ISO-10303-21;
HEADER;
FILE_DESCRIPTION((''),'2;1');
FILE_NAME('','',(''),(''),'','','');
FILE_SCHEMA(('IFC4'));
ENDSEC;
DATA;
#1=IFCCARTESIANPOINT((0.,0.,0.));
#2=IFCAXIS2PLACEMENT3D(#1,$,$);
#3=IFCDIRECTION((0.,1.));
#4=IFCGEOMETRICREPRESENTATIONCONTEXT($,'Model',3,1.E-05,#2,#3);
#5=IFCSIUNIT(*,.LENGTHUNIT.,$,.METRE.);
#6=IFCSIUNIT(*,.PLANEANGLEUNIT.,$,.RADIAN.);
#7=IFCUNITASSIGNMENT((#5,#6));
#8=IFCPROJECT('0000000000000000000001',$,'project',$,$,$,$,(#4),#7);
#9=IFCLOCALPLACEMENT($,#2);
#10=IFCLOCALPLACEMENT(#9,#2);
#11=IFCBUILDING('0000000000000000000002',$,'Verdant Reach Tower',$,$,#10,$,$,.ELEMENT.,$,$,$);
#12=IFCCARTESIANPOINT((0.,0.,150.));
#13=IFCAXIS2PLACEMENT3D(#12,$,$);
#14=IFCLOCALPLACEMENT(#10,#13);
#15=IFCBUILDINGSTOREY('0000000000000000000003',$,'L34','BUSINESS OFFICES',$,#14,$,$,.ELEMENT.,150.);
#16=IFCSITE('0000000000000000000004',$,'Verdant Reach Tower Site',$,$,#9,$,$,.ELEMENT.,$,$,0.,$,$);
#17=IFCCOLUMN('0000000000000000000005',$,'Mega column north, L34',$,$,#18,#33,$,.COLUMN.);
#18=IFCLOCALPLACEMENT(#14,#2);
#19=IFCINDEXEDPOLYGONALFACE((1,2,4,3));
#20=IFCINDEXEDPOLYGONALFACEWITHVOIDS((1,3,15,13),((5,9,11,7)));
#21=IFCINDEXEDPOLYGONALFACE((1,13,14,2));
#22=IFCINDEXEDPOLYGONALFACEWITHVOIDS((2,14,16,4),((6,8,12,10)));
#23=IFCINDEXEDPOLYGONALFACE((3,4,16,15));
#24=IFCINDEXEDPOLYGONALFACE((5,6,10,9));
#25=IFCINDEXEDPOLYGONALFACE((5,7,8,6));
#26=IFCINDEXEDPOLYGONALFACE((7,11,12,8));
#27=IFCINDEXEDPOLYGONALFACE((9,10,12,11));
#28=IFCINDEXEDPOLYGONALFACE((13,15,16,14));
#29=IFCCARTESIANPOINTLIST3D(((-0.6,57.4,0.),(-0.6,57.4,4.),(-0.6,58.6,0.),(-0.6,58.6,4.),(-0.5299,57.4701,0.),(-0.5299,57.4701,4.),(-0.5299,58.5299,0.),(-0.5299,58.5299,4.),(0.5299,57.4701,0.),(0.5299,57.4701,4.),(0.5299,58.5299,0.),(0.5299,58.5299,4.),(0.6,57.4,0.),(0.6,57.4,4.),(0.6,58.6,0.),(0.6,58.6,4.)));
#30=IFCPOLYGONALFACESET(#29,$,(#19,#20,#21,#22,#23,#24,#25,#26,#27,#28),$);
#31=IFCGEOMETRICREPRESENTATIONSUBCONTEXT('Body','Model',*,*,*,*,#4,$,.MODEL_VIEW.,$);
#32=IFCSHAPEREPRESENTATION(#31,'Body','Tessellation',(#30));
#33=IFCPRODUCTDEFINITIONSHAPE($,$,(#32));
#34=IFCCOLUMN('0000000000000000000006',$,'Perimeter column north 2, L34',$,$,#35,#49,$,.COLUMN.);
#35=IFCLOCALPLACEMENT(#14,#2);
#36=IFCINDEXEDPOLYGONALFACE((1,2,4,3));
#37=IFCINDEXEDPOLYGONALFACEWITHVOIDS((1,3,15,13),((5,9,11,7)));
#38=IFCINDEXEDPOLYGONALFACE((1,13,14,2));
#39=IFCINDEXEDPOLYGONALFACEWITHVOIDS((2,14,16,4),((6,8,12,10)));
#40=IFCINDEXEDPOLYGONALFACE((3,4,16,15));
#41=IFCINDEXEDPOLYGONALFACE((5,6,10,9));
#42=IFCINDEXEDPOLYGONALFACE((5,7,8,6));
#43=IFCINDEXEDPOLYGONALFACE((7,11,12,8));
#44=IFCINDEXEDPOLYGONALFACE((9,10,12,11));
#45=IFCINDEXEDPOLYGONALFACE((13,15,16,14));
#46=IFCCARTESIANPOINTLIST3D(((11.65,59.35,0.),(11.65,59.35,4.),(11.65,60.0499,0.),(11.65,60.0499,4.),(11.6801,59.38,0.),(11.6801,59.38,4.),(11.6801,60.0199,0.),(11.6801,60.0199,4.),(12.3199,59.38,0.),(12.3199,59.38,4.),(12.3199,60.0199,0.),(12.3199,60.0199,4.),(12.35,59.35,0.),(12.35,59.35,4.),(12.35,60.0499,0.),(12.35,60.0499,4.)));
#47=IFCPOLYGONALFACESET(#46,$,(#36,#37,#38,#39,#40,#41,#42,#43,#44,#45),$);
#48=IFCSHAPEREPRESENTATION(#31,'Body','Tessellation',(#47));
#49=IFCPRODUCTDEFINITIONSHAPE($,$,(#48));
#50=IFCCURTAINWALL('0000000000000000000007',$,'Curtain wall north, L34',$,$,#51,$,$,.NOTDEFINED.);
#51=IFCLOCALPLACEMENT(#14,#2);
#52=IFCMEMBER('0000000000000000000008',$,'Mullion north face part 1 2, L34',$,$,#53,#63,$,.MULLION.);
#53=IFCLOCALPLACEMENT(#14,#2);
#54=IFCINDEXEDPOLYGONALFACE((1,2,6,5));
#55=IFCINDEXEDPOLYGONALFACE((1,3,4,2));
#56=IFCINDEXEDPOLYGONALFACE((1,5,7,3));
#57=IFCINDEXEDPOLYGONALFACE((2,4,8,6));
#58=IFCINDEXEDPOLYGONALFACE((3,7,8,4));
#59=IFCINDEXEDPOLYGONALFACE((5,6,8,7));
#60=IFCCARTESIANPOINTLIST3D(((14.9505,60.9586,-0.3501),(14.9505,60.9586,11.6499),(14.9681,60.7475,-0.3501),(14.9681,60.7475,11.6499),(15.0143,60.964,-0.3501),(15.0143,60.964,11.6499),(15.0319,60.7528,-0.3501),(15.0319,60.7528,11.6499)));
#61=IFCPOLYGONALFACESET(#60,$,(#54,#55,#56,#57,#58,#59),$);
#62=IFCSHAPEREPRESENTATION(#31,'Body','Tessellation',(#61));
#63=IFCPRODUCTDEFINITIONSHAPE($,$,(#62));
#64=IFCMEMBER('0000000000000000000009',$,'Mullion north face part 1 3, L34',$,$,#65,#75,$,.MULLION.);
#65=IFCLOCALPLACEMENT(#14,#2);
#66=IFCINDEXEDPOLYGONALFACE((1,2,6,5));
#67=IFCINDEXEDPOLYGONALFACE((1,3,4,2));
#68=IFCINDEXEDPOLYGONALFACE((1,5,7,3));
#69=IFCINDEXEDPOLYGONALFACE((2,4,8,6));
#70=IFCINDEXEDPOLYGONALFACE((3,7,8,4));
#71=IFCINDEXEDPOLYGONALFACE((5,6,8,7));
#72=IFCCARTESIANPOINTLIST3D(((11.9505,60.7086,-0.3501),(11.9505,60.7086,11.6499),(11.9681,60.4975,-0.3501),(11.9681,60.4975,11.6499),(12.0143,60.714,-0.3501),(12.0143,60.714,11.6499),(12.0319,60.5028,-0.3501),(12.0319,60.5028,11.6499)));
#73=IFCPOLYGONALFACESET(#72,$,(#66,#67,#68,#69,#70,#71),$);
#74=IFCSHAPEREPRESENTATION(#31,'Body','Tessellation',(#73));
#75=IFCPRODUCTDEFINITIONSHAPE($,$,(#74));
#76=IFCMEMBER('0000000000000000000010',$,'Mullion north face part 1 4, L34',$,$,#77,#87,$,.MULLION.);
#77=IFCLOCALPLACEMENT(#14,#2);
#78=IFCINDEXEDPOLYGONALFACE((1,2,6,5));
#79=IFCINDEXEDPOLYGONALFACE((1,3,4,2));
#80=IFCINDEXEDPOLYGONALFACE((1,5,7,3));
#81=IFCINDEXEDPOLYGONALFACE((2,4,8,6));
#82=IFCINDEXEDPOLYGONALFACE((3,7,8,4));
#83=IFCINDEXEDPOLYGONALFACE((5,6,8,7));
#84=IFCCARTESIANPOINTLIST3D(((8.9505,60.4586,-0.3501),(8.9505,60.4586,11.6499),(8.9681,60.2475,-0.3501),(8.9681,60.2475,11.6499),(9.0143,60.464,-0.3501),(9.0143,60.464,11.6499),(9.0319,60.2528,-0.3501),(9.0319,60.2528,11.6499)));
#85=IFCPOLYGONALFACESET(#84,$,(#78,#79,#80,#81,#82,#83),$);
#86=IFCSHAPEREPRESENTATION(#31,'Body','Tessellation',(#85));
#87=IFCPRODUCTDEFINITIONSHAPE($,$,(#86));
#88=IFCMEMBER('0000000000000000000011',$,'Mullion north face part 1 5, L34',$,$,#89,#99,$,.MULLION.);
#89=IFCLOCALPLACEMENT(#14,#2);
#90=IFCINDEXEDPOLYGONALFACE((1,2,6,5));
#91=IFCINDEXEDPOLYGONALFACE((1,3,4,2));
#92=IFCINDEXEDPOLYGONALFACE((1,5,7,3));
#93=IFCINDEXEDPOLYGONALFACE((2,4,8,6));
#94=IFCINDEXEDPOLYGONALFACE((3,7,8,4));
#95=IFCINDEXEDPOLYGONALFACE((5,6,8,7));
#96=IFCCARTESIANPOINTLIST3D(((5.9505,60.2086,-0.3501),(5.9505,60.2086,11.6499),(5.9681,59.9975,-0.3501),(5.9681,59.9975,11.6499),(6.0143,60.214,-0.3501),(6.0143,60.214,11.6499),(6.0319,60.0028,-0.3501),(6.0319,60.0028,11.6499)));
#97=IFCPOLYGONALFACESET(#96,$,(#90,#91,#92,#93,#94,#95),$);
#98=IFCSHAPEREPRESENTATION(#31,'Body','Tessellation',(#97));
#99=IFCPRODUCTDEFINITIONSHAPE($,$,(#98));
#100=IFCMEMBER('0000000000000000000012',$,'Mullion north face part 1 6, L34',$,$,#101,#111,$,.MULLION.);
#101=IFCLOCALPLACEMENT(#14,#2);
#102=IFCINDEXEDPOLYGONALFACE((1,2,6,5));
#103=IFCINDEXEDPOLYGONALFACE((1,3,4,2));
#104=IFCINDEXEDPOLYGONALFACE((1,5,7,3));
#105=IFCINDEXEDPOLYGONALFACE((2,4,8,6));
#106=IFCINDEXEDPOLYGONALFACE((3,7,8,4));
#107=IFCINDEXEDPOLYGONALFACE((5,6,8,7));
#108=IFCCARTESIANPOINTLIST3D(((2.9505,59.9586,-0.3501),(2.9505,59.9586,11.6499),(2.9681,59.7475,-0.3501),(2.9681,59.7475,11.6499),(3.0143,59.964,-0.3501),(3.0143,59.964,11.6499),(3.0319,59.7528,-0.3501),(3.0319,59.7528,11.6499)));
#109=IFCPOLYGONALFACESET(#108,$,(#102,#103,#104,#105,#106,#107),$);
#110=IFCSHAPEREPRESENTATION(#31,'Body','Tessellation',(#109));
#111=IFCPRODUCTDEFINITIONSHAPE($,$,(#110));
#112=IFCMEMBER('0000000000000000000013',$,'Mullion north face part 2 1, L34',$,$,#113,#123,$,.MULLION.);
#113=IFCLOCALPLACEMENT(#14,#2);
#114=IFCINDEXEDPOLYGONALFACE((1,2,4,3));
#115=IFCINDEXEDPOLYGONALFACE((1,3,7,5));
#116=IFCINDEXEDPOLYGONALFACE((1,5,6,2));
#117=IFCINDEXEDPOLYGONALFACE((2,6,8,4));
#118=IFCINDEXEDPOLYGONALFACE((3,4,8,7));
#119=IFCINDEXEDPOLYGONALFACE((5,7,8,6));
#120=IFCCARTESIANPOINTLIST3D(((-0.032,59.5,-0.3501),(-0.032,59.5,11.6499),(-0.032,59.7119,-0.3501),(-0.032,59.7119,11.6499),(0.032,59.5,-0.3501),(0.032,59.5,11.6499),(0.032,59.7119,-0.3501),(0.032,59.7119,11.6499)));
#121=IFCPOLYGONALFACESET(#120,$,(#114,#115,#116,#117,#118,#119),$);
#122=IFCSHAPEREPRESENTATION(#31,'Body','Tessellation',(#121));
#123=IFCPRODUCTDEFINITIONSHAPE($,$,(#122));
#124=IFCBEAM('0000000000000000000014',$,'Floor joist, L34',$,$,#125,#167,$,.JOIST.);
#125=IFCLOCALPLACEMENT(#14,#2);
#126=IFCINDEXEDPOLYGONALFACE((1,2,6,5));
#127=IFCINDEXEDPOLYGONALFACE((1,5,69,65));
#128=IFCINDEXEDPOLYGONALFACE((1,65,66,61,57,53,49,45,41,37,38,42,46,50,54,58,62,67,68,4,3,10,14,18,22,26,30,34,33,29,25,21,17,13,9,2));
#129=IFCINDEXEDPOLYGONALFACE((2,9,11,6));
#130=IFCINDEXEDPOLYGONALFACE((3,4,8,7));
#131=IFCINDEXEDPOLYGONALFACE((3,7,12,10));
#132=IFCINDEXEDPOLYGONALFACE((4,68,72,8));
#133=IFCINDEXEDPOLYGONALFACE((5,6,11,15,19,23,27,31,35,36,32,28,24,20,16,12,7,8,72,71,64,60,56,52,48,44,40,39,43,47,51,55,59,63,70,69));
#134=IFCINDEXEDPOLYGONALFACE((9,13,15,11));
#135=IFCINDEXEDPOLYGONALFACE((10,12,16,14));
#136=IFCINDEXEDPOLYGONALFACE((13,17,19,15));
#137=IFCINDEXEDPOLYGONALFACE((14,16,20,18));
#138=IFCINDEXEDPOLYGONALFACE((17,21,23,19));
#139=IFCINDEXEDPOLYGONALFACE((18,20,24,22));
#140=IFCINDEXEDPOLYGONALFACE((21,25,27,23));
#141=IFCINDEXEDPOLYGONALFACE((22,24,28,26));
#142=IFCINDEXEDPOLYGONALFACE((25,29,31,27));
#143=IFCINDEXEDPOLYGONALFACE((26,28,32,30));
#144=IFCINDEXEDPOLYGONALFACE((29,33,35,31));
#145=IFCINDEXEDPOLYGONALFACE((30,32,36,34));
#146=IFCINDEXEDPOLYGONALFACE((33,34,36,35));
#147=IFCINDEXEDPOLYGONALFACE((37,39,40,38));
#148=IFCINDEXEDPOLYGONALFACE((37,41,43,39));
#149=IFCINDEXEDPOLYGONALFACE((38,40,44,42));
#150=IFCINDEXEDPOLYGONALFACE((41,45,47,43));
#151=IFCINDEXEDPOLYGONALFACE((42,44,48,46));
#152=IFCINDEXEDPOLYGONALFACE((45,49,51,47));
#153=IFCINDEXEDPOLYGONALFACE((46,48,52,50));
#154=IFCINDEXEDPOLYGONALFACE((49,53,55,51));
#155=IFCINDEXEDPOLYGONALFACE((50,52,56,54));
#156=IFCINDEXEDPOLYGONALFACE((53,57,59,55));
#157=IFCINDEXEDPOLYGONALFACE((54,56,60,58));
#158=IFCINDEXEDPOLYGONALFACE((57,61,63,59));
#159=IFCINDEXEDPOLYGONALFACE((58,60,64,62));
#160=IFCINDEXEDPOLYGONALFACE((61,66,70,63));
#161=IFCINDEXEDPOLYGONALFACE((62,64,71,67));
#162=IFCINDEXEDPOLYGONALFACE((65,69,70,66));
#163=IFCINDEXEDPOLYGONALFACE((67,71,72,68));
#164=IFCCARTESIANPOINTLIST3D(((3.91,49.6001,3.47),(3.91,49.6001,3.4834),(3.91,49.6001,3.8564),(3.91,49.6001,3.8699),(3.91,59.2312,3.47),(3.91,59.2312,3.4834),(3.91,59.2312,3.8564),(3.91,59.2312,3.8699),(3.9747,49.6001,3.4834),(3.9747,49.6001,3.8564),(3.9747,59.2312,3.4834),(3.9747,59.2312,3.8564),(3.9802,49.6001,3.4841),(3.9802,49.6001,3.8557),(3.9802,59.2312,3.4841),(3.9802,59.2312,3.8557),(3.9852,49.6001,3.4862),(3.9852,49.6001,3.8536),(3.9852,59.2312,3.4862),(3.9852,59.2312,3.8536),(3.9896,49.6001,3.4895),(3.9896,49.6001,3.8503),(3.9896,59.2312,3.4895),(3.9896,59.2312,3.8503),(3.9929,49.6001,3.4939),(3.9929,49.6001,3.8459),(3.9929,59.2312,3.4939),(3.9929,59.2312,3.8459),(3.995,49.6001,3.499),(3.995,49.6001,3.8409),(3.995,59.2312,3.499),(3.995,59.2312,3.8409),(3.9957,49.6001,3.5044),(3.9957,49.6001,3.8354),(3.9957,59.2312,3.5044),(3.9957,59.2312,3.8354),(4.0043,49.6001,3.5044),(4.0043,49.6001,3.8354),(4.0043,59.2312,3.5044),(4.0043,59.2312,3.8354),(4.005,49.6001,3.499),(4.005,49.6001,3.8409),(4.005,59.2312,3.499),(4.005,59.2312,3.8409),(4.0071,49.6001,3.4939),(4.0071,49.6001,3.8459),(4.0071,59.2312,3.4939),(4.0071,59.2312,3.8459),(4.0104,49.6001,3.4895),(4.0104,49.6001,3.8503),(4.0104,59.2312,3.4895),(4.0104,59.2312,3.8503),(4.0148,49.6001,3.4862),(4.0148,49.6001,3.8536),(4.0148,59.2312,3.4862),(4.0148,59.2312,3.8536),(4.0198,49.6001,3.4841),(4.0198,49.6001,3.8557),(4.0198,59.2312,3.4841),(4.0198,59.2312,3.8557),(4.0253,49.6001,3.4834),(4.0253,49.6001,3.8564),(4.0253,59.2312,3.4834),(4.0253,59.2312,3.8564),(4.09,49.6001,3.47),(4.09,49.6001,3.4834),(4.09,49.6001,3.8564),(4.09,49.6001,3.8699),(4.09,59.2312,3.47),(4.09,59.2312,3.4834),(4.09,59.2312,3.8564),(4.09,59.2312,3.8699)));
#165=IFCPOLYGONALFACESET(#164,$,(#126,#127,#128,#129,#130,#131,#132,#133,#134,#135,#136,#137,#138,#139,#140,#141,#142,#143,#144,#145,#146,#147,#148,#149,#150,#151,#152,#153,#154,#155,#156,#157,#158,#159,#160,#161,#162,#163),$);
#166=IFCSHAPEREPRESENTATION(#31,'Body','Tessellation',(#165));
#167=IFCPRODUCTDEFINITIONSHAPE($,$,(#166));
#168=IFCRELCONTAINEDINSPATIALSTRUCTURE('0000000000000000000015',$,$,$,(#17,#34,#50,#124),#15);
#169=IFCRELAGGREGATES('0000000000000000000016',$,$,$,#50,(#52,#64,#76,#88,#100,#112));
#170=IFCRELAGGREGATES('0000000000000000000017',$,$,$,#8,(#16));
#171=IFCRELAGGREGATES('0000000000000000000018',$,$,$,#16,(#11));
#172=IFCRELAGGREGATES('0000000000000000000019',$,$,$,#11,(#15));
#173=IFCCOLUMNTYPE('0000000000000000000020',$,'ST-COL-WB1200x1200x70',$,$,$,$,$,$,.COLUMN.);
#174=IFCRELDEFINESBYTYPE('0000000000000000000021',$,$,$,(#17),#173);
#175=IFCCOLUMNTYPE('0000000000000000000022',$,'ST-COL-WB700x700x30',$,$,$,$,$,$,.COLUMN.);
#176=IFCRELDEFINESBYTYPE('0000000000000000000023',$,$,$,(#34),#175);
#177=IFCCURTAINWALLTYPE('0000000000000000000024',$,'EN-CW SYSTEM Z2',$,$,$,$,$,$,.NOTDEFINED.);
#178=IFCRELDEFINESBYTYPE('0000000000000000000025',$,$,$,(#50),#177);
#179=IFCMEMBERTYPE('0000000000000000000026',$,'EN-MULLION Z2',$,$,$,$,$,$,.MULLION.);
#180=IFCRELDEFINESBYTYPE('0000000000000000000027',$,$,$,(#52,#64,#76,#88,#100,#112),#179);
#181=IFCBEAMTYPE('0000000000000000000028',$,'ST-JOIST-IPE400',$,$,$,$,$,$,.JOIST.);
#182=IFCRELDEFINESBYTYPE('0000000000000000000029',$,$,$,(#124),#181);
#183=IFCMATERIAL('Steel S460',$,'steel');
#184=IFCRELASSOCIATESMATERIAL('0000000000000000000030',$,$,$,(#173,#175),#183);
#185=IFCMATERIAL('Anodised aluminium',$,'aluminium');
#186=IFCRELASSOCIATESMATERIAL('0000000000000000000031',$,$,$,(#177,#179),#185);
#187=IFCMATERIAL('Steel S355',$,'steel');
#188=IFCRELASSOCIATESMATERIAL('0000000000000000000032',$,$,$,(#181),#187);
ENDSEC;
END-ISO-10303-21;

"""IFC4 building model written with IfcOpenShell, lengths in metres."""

from ifc_helpers import new_model, si_unit, direction, frame, origin, origin_2d, place, context, subcontext, project, spatial, rectangle, hollow_rectangle, i_section, extrude, material, material_profile, profile_set, type_object, element, aggregate, save


model = new_model("IFC4")

# Units and contexts
model_context = context("Model", 3, precision=1e-05, world=origin(), true_north=direction((0.0, 1.0)))
body_context = subcontext(model_context, "Body", "Model", "MODEL_VIEW")
ifc_project = project(units=[si_unit("LENGTHUNIT", "METRE"), si_unit("PLANEANGLEUNIT", "RADIAN")], contexts=[model_context])

# Site, building, storey
site_placement = place(None, origin())
site = spatial("IfcSite", under=ifc_project, at=site_placement, Name="Verdant Reach Tower Site", CompositionType="ELEMENT", RefElevation=0.0)
building_placement = place(site_placement, origin())
building = spatial("IfcBuilding", under=site, at=building_placement, Name="Verdant Reach Tower", CompositionType="ELEMENT")
storey_placement = place(building_placement, frame((0.0, 0.0, 150.0)))
storey = spatial("IfcBuildingStorey", under=building, at=storey_placement, Name="L34", Description="BUSINESS OFFICES", CompositionType="ELEMENT", Elevation=150.0)

# Columns
ifc_material_1 = material(Name="Steel S460", Category="steel")
ifc_material_profile_1 = material_profile(ifc_material_1, hollow_rectangle(XDim=1.2, YDim=1.2, WallThickness=0.0701, at=origin_2d()), Name="WB 1200x1200x70")
ifc_profile_set_1 = profile_set([ifc_material_profile_1], Name="Steel S460")
column_type_1 = type_object("IfcColumnType", Name="ST-COL-WB1200x1200x70", PredefinedType="COLUMN", material=ifc_profile_set_1)
column_1_placement = place(storey_placement, frame((0.0, 58.0, 0.0), z_axis=(0.0, 0.0, 1.0), x_axis=(1.0, 0.0, 0.0)))
element("IfcColumn", 1, at=column_1_placement, inside=storey, type_object=column_type_1, Name="Mega column north, L34", PredefinedType="COLUMN", context=body_context, shape_type="SweptSolid", body=[
    extrude(hollow_rectangle(XDim=1.2, YDim=1.2, WallThickness=0.0701, at=origin_2d()), origin(), (0.0, 0.0, 1.0), 4.0),
])
ifc_material_profile_2 = material_profile(ifc_material_1, hollow_rectangle(XDim=0.7, YDim=0.7, WallThickness=0.03, at=origin_2d()), Name="WB 700x700x30")
ifc_profile_set_2 = profile_set([ifc_material_profile_2], Name="Steel S460")
column_type_2 = type_object("IfcColumnType", Name="ST-COL-WB700x700x30", PredefinedType="COLUMN", material=ifc_profile_set_2)
column_2_placement = place(storey_placement, frame((12.0, 59.7, 0.0), z_axis=(0.0, 0.0, 1.0), x_axis=(1.0, 0.0, 0.0)))
element("IfcColumn", 2, at=column_2_placement, inside=storey, type_object=column_type_2, Name="Perimeter column north 2, L34", PredefinedType="COLUMN", context=body_context, shape_type="SweptSolid", body=[
    extrude(hollow_rectangle(XDim=0.7, YDim=0.7, WallThickness=0.03, at=origin_2d()), origin(), (0.0, 0.0, 1.0), 4.0),
])

# Curtain wall, members
ifc_material_2 = material(Name="Anodised aluminium", Category="aluminium")
curtain_wall_type = type_object("IfcCurtainWallType", Name="EN-CW SYSTEM Z2", PredefinedType="NOTDEFINED", material=ifc_material_2)
curtain_wall_placement = place(storey_placement, origin())
curtain_wall = element("IfcCurtainWall", 3, at=curtain_wall_placement, inside=storey, type_object=curtain_wall_type, Name="Curtain wall north, L34", PredefinedType="NOTDEFINED")
ifc_material_profile_3 = material_profile(ifc_material_2, rectangle(XDim=0.2119, YDim=0.064, at=origin_2d()), Name="Mullion 64x212")
ifc_profile_set_3 = profile_set([ifc_material_profile_3], Name="Anodised aluminium")
member_type = type_object("IfcMemberType", Name="EN-MULLION Z2", PredefinedType="MULLION", material=ifc_profile_set_3)
member_1_placement = place(storey_placement, frame((14.9912, 60.8557, -0.3501), z_axis=(0.0, 0.0, 1.0), x_axis=(-0.083045, 0.996546, 0.0)))
member_1 = element("IfcMember", 4, at=member_1_placement, type_object=member_type, Name="Mullion north face part 1 2, L34", PredefinedType="MULLION", context=body_context, shape_type="SweptSolid", body=[
    extrude(rectangle(XDim=0.2119, YDim=0.064, at=origin_2d()), origin(), (0.0, 0.0, 1.0), 12.0),
])
member_2_placement = place(storey_placement, frame((11.9912, 60.6057, -0.3501), z_axis=(0.0, 0.0, 1.0), x_axis=(-0.083045, 0.996546, 0.0)))
member_2 = element("IfcMember", 5, at=member_2_placement, type_object=member_type, Name="Mullion north face part 1 3, L34", PredefinedType="MULLION", context=body_context, shape_type="SweptSolid", body=[
    extrude(rectangle(XDim=0.2119, YDim=0.064, at=origin_2d()), origin(), (0.0, 0.0, 1.0), 12.0),
])
member_3_placement = place(storey_placement, frame((8.9912, 60.3557, -0.3501), z_axis=(0.0, 0.0, 1.0), x_axis=(-0.083045, 0.996546, 0.0)))
member_3 = element("IfcMember", 6, at=member_3_placement, type_object=member_type, Name="Mullion north face part 1 4, L34", PredefinedType="MULLION", context=body_context, shape_type="SweptSolid", body=[
    extrude(rectangle(XDim=0.2119, YDim=0.064, at=origin_2d()), origin(), (0.0, 0.0, 1.0), 12.0),
])
member_4_placement = place(storey_placement, frame((5.9912, 60.1057, -0.3501), z_axis=(0.0, 0.0, 1.0), x_axis=(-0.083045, 0.996546, 0.0)))
member_4 = element("IfcMember", 7, at=member_4_placement, type_object=member_type, Name="Mullion north face part 1 5, L34", PredefinedType="MULLION", context=body_context, shape_type="SweptSolid", body=[
    extrude(rectangle(XDim=0.2119, YDim=0.064, at=origin_2d()), origin(), (0.0, 0.0, 1.0), 12.0),
])
member_5_placement = place(storey_placement, frame((2.9912, 59.8557, -0.3501), z_axis=(0.0, 0.0, 1.0), x_axis=(-0.083045, 0.996546, 0.0)))
member_5 = element("IfcMember", 8, at=member_5_placement, type_object=member_type, Name="Mullion north face part 1 6, L34", PredefinedType="MULLION", context=body_context, shape_type="SweptSolid", body=[
    extrude(rectangle(XDim=0.2119, YDim=0.064, at=origin_2d()), origin(), (0.0, 0.0, 1.0), 12.0),
])
member_6_placement = place(storey_placement, frame((0.0, 59.606, -0.3501), z_axis=(0.0, 0.0, 1.0), x_axis=(0.0, 1.0, 0.0)))
member_6 = element("IfcMember", 9, at=member_6_placement, type_object=member_type, Name="Mullion north face part 2 1, L34", PredefinedType="MULLION", context=body_context, shape_type="SweptSolid", body=[
    extrude(rectangle(XDim=0.2119, YDim=0.064, at=origin_2d()), origin(), (0.0, 0.0, 1.0), 12.0),
])

# Beam
ifc_material_3 = material(Name="Steel S355", Category="steel")
ifc_material_profile_4 = material_profile(ifc_material_3, i_section(OverallWidth=0.1799, OverallDepth=0.3999, WebThickness=0.0085, FlangeThickness=0.0134, FilletRadius=0.021, at=origin_2d()), Name="IPE 400")
ifc_profile_set_4 = profile_set([ifc_material_profile_4], Name="Steel S355")
beam_type_1 = type_object("IfcBeamType", Name="ST-JOIST-IPE400", PredefinedType="JOIST", material=ifc_profile_set_4)
beam_1_placement = place(storey_placement, frame((4.0, 49.6001, 3.6699), z_axis=(0.0, 1.0, 0.0), x_axis=(-1.0, 0.0, 0.0)))
element("IfcBeam", 10, at=beam_1_placement, inside=storey, type_object=beam_type_1, Name="Floor joist, L34", PredefinedType="JOIST", context=body_context, shape_type="SweptSolid", body=[
    extrude(i_section(OverallWidth=0.1799, OverallDepth=0.3999, WebThickness=0.0085, FlangeThickness=0.0134, FilletRadius=0.021, at=origin_2d()), origin(), (0.0, 0.0, 1.0), 9.6311),
])

aggregate(curtain_wall, [member_1, member_2, member_3, member_4, member_5, member_6])

save(model, "model.ifc")
